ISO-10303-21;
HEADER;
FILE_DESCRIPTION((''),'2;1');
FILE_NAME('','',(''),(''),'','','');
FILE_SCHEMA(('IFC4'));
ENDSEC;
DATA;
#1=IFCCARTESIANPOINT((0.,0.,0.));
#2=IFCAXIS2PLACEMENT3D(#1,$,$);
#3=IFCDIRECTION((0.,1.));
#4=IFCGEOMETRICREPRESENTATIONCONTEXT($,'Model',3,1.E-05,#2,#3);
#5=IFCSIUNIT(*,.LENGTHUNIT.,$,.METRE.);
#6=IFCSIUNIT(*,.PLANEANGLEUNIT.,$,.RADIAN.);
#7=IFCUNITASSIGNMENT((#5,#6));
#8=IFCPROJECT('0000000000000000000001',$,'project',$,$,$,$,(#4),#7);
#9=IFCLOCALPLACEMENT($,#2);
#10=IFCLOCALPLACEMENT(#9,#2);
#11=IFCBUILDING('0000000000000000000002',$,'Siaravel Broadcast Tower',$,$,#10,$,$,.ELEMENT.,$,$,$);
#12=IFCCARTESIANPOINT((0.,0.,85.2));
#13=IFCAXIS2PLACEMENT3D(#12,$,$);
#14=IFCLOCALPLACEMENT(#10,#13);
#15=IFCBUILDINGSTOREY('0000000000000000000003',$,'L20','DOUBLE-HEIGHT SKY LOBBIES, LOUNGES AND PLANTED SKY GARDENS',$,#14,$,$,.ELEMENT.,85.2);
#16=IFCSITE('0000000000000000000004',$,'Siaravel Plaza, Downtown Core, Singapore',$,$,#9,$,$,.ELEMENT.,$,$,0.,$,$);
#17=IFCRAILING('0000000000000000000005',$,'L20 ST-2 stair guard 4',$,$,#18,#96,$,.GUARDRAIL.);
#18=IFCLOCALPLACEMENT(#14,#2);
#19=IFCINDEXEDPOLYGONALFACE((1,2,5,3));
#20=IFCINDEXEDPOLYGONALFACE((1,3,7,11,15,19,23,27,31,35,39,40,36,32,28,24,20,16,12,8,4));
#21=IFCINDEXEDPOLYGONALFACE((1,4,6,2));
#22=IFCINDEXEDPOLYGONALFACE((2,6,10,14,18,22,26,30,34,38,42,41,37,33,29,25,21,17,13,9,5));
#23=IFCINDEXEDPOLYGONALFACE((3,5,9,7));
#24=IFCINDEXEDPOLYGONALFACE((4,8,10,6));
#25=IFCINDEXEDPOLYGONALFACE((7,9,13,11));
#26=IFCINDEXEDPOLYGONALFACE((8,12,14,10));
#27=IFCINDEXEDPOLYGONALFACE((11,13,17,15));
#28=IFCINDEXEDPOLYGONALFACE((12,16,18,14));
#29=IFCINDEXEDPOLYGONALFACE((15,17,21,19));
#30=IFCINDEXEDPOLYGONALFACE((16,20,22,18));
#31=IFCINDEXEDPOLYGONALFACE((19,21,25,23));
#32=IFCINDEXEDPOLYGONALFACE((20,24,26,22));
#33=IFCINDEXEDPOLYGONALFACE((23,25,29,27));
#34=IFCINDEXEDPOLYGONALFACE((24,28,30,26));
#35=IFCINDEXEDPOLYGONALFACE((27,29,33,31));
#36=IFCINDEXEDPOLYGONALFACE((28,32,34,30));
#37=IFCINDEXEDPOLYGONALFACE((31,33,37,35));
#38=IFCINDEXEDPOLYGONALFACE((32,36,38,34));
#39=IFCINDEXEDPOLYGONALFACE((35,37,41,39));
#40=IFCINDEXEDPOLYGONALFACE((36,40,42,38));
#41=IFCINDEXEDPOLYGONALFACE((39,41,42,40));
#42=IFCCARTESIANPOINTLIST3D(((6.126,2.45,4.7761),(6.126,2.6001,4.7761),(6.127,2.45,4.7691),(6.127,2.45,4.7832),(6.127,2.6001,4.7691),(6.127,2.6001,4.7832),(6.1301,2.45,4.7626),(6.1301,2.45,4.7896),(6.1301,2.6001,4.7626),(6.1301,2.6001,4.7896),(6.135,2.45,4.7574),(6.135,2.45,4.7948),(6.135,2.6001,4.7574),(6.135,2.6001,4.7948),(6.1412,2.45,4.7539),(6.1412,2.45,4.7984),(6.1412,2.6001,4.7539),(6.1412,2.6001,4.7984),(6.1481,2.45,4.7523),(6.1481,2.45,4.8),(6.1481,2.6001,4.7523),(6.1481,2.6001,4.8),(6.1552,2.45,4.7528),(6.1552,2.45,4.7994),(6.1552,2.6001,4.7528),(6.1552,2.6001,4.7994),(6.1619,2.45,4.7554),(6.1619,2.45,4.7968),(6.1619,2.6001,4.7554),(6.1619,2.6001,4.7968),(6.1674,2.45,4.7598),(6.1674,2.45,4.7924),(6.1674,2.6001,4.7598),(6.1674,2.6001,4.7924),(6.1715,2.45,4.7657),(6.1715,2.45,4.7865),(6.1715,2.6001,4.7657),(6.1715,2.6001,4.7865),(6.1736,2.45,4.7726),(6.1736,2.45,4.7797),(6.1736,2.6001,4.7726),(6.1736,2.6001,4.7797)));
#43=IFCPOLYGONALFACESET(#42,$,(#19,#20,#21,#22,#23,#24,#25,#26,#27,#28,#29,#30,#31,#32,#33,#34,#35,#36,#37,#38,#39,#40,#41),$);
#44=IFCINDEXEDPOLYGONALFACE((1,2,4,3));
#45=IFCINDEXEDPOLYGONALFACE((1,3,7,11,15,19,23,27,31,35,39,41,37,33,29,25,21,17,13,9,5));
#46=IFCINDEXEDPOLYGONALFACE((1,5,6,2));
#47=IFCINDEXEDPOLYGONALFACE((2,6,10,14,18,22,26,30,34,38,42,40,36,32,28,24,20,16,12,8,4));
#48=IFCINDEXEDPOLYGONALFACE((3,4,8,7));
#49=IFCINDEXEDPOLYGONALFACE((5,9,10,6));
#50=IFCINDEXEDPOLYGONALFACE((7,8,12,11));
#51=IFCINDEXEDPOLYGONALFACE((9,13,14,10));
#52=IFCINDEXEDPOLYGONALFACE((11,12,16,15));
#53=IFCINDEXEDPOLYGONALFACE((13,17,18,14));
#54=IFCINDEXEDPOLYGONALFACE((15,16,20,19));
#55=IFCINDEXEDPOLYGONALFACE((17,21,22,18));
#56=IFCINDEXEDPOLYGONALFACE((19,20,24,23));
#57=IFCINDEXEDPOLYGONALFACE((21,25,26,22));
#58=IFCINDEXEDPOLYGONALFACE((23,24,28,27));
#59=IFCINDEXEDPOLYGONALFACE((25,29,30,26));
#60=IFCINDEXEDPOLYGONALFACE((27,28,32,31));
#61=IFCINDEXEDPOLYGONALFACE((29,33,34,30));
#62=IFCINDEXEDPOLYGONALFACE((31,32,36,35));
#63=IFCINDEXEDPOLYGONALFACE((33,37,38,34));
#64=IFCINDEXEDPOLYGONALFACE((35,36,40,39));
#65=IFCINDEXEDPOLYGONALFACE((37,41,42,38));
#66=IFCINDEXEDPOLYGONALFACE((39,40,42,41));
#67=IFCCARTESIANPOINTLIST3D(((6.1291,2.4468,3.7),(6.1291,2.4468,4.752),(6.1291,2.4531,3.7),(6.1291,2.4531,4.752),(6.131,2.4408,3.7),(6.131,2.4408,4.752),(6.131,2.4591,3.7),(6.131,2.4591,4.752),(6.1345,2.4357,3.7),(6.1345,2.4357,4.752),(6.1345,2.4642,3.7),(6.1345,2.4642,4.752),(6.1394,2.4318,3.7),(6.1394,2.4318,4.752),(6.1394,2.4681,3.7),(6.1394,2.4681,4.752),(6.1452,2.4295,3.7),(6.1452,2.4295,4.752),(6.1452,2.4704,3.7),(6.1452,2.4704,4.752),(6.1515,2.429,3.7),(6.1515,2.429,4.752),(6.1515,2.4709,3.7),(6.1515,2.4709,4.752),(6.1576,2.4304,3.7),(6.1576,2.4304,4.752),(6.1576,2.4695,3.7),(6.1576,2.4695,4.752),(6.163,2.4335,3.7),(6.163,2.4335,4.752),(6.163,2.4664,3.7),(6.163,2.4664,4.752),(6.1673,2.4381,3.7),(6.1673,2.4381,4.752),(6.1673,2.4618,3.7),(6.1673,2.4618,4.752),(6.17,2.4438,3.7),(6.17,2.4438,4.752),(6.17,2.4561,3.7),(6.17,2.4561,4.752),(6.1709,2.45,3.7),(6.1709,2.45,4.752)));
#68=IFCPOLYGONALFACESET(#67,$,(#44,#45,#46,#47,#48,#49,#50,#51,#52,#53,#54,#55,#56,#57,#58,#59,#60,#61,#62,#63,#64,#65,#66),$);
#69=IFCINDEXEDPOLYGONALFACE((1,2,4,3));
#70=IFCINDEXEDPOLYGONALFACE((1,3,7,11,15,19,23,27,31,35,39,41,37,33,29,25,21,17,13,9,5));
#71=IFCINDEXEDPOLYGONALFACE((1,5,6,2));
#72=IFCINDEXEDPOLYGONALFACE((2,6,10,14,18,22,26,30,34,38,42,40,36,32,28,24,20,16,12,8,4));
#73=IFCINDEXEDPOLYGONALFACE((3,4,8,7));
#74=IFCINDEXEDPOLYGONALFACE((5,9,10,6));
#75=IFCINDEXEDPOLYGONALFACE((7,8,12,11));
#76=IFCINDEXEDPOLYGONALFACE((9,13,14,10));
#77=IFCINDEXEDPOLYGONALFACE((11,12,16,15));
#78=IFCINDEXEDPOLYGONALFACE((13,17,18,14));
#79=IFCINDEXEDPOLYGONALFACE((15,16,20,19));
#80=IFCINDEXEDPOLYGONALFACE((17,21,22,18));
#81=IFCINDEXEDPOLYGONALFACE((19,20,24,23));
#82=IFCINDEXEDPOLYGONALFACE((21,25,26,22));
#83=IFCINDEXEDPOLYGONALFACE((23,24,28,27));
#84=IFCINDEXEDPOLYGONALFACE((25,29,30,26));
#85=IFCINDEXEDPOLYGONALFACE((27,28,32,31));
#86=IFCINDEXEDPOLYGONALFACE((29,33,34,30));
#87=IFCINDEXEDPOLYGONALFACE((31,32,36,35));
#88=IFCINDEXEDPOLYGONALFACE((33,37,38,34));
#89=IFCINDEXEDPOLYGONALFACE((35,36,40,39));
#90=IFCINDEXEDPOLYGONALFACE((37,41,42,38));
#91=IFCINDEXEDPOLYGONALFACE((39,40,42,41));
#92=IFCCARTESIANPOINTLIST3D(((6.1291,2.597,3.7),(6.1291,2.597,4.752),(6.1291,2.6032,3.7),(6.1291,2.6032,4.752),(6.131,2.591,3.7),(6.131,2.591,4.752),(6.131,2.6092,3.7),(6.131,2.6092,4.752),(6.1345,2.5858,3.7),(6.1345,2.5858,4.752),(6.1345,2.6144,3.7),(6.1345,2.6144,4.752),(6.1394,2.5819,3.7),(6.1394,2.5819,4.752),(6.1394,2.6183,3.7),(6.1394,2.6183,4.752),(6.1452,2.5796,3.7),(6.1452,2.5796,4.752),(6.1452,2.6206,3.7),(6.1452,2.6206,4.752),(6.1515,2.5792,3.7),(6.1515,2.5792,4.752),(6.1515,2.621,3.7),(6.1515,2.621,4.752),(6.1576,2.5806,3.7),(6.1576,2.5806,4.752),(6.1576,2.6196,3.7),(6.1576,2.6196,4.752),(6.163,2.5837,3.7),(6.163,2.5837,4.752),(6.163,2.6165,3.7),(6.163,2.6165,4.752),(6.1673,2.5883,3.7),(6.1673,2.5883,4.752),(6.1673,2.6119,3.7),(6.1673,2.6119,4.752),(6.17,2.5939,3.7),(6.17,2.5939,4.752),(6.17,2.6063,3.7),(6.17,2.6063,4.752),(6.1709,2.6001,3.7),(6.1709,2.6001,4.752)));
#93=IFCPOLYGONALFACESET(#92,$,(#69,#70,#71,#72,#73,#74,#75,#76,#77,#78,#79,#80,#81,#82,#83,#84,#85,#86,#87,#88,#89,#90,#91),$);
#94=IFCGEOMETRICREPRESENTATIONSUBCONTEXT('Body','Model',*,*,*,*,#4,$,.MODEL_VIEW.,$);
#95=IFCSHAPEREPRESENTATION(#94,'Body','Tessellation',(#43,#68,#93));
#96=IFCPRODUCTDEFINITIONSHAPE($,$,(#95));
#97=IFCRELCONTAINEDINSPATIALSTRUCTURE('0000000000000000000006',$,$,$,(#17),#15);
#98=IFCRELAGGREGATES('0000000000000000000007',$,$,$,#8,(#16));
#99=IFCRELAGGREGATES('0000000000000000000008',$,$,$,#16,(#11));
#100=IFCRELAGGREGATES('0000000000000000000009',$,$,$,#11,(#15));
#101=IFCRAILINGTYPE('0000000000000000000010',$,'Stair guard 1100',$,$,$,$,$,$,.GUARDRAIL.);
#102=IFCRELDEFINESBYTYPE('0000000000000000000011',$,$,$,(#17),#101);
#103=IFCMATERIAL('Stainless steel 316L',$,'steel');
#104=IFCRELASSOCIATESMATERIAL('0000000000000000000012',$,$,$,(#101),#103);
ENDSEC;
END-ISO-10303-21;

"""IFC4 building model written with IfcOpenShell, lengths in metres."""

from ifc_helpers import new_model, si_unit, direction, frame, origin, origin_2d, place, context, subcontext, project, spatial, circle, extrude, material, type_object, element, save


model = new_model("IFC4")

# Units and contexts
model_context = context("Model", 3, precision=1e-05, world=origin(), true_north=direction((0.0, 1.0)))
body_context = subcontext(model_context, "Body", "Model", "MODEL_VIEW")
ifc_project = project(units=[si_unit("LENGTHUNIT", "METRE"), si_unit("PLANEANGLEUNIT", "RADIAN")], contexts=[model_context])

# Site, building, storey
site_placement = place(None, origin())
site = spatial("IfcSite", under=ifc_project, at=site_placement, Name="Siaravel Plaza, Downtown Core, Singapore", CompositionType="ELEMENT", RefElevation=0.0)
building_placement = place(site_placement, origin())
building = spatial("IfcBuilding", under=site, at=building_placement, Name="Siaravel Broadcast Tower", CompositionType="ELEMENT")
storey_placement = place(building_placement, frame((0.0, 0.0, 85.2)))
storey = spatial("IfcBuildingStorey", under=building, at=storey_placement, Name="L20", Description="DOUBLE-HEIGHT SKY LOBBIES, LOUNGES AND PLANTED SKY GARDENS", CompositionType="ELEMENT", Elevation=85.2)

# Railing
ifc_material_1 = material(Name="Stainless steel 316L", Category="steel")
railing_type_1 = type_object("IfcRailingType", Name="Stair guard 1100", PredefinedType="GUARDRAIL", material=ifc_material_1)
railing_1_placement = place(storey_placement, frame((6.1499, 2.45, 3.7)))
element("IfcRailing", 1, at=railing_1_placement, inside=storey, type_object=railing_type_1, Name="L20 ST-2 stair guard 4", PredefinedType="GUARDRAIL", context=body_context, shape_type="SweptSolid", body=[
    extrude(circle(Radius=0.0239, at=origin_2d()), frame((0.0, 0.0, 1.0762), z_axis=(0.0, 1.0, 0.0), x_axis=(-1.0, 0.0, 0.0)), (0.0, 0.0, 1.0), 0.1501),
    extrude(circle(Radius=0.021, at=origin_2d()), origin(), (0.0, 0.0, 1.0), 1.052),
    extrude(circle(Radius=0.021, at=origin_2d()), frame((0.0, 0.1501, 0.0)), (0.0, 0.0, 1.0), 1.052),
])

save(model, "model.ifc")
